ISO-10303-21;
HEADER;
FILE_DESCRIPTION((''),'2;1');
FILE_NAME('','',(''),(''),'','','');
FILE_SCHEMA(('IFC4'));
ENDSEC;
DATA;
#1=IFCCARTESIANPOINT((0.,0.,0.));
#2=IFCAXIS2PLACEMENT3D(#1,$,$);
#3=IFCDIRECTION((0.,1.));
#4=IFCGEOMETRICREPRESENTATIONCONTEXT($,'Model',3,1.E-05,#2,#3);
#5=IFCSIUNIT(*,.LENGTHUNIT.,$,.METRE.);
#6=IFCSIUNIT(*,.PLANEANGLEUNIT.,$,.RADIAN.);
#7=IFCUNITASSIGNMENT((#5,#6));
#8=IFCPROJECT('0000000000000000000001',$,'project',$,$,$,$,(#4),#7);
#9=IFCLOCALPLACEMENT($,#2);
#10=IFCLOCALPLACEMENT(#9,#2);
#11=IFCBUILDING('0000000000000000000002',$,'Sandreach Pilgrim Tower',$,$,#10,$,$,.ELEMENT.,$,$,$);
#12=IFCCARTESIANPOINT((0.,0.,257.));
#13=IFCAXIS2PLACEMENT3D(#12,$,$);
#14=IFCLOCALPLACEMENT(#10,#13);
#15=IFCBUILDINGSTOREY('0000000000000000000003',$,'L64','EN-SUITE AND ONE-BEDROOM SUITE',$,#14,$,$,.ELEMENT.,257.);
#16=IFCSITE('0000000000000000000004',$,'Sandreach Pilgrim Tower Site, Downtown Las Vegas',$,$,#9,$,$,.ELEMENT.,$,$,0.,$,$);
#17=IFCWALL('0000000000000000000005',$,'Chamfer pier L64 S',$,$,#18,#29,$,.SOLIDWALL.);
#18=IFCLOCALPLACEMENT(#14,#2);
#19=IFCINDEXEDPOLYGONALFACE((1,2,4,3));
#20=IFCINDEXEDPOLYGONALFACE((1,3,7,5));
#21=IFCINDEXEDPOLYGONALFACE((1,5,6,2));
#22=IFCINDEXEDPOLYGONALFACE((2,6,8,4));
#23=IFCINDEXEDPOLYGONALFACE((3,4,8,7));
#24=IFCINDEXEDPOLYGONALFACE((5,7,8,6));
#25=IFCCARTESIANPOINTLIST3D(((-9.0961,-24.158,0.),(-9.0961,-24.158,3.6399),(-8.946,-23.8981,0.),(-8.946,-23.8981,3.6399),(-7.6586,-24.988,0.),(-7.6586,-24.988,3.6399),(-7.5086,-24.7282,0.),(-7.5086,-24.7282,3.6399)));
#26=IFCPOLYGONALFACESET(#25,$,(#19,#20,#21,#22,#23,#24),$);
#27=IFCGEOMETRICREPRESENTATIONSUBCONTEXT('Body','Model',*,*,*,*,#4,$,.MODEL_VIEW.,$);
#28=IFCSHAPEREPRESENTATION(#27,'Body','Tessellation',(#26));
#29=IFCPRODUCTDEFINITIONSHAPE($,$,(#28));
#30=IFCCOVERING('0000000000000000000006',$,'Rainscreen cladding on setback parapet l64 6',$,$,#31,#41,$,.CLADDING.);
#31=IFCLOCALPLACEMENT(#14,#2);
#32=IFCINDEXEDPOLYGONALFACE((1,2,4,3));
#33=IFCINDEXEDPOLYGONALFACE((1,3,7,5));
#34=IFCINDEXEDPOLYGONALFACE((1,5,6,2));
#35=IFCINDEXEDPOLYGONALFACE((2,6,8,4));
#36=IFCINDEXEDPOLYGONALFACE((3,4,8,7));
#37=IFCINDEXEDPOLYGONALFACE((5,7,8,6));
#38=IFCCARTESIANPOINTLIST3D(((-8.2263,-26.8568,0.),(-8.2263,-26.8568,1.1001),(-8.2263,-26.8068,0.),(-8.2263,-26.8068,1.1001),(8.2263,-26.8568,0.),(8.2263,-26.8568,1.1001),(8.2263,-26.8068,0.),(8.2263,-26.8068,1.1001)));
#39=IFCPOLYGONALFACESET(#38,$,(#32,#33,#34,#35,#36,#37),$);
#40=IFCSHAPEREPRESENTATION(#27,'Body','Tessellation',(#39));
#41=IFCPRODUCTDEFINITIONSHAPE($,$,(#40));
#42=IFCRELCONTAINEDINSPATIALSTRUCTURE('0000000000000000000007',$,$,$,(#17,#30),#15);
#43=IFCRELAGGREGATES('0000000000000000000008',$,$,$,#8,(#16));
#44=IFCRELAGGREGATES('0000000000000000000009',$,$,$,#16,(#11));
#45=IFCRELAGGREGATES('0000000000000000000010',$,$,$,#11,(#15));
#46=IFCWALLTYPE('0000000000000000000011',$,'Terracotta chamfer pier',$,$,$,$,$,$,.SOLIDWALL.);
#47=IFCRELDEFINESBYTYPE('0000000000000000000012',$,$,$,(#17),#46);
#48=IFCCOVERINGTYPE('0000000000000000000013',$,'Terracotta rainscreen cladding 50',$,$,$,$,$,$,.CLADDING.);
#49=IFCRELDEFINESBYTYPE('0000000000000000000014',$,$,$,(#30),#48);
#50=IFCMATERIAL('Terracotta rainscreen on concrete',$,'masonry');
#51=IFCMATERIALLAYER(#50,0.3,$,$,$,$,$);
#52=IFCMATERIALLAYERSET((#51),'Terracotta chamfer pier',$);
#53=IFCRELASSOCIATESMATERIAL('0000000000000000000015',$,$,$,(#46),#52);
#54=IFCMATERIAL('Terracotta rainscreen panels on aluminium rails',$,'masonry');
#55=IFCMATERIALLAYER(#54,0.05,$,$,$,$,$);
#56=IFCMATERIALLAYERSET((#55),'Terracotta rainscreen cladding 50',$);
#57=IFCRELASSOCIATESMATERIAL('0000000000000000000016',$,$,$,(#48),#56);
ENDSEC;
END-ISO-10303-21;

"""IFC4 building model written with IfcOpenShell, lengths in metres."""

from ifc_helpers import new_model, si_unit, direction, frame, frame_2d, origin, place, context, subcontext, project, spatial, rectangle, extrude, material, layer, layer_set, type_object, element, save


model = new_model("IFC4")

# Units and contexts
model_context = context("Model", 3, precision=1e-05, world=origin(), true_north=direction((0.0, 1.0)))
body_context = subcontext(model_context, "Body", "Model", "MODEL_VIEW")
ifc_project = project(units=[si_unit("LENGTHUNIT", "METRE"), si_unit("PLANEANGLEUNIT", "RADIAN")], contexts=[model_context])

# Site, building, storey
site_placement = place(None, origin())
site = spatial("IfcSite", under=ifc_project, at=site_placement, Name="Sandreach Pilgrim Tower Site, Downtown Las Vegas", CompositionType="ELEMENT", RefElevation=0.0)
building_placement = place(site_placement, origin())
building = spatial("IfcBuilding", under=site, at=building_placement, Name="Sandreach Pilgrim Tower", CompositionType="ELEMENT")
storey_placement = place(building_placement, frame((0.0, 0.0, 257.0)))
storey = spatial("IfcBuildingStorey", under=building, at=storey_placement, Name="L64", Description="EN-SUITE AND ONE-BEDROOM SUITE", CompositionType="ELEMENT", Elevation=257.0)

# Wall
ifc_material_1 = material(Name="Terracotta rainscreen on concrete", Category="masonry")
ifc_layer_1 = layer(ifc_material_1, 0.3)
ifc_layer_set_1 = layer_set([ifc_layer_1], Name="Terracotta chamfer pier")
wall_type_1 = type_object("IfcWallType", Name="Terracotta chamfer pier", PredefinedType="SOLIDWALL", material=ifc_layer_set_1)
wall_1_placement = place(storey_placement, frame((-7.5835, -24.8582, 0.0), z_axis=(0.0, 0.0, 1.0), x_axis=(-0.86599, 0.500062, 0.0)))
element("IfcWall", 1, at=wall_1_placement, inside=storey, type_object=wall_type_1, Name="Chamfer pier L64 S", PredefinedType="SOLIDWALL", context=body_context, shape_type="SweptSolid", body=[
    extrude(rectangle(XDim=1.6599, YDim=0.3, at=frame_2d((0.8301, 0.0))), origin(), (0.0, 0.0, 1.0), 3.6399),
])

# Covering
ifc_material_2 = material(Name="Terracotta rainscreen panels on aluminium rails", Category="masonry")
ifc_layer_2 = layer(ifc_material_2, 0.05)
ifc_layer_set_2 = layer_set([ifc_layer_2], Name="Terracotta rainscreen cladding 50")
covering_type = type_object("IfcCoveringType", Name="Terracotta rainscreen cladding 50", PredefinedType="CLADDING", material=ifc_layer_set_2)
covering_placement = place(storey_placement, frame((-8.2263, -26.8318, 0.0), z_axis=(0.0, 0.0, 1.0), x_axis=(1.0, 0.0, 0.0)))
element("IfcCovering", 2, at=covering_placement, inside=storey, type_object=covering_type, Name="Rainscreen cladding on setback parapet l64 6", PredefinedType="CLADDING", context=body_context, shape_type="SweptSolid", body=[
    extrude(rectangle(XDim=16.4526, YDim=0.05, at=frame_2d((8.2263, 0.0))), origin(), (0.0, 0.0, 1.0), 1.1001),
])

save(model, "model.ifc")
